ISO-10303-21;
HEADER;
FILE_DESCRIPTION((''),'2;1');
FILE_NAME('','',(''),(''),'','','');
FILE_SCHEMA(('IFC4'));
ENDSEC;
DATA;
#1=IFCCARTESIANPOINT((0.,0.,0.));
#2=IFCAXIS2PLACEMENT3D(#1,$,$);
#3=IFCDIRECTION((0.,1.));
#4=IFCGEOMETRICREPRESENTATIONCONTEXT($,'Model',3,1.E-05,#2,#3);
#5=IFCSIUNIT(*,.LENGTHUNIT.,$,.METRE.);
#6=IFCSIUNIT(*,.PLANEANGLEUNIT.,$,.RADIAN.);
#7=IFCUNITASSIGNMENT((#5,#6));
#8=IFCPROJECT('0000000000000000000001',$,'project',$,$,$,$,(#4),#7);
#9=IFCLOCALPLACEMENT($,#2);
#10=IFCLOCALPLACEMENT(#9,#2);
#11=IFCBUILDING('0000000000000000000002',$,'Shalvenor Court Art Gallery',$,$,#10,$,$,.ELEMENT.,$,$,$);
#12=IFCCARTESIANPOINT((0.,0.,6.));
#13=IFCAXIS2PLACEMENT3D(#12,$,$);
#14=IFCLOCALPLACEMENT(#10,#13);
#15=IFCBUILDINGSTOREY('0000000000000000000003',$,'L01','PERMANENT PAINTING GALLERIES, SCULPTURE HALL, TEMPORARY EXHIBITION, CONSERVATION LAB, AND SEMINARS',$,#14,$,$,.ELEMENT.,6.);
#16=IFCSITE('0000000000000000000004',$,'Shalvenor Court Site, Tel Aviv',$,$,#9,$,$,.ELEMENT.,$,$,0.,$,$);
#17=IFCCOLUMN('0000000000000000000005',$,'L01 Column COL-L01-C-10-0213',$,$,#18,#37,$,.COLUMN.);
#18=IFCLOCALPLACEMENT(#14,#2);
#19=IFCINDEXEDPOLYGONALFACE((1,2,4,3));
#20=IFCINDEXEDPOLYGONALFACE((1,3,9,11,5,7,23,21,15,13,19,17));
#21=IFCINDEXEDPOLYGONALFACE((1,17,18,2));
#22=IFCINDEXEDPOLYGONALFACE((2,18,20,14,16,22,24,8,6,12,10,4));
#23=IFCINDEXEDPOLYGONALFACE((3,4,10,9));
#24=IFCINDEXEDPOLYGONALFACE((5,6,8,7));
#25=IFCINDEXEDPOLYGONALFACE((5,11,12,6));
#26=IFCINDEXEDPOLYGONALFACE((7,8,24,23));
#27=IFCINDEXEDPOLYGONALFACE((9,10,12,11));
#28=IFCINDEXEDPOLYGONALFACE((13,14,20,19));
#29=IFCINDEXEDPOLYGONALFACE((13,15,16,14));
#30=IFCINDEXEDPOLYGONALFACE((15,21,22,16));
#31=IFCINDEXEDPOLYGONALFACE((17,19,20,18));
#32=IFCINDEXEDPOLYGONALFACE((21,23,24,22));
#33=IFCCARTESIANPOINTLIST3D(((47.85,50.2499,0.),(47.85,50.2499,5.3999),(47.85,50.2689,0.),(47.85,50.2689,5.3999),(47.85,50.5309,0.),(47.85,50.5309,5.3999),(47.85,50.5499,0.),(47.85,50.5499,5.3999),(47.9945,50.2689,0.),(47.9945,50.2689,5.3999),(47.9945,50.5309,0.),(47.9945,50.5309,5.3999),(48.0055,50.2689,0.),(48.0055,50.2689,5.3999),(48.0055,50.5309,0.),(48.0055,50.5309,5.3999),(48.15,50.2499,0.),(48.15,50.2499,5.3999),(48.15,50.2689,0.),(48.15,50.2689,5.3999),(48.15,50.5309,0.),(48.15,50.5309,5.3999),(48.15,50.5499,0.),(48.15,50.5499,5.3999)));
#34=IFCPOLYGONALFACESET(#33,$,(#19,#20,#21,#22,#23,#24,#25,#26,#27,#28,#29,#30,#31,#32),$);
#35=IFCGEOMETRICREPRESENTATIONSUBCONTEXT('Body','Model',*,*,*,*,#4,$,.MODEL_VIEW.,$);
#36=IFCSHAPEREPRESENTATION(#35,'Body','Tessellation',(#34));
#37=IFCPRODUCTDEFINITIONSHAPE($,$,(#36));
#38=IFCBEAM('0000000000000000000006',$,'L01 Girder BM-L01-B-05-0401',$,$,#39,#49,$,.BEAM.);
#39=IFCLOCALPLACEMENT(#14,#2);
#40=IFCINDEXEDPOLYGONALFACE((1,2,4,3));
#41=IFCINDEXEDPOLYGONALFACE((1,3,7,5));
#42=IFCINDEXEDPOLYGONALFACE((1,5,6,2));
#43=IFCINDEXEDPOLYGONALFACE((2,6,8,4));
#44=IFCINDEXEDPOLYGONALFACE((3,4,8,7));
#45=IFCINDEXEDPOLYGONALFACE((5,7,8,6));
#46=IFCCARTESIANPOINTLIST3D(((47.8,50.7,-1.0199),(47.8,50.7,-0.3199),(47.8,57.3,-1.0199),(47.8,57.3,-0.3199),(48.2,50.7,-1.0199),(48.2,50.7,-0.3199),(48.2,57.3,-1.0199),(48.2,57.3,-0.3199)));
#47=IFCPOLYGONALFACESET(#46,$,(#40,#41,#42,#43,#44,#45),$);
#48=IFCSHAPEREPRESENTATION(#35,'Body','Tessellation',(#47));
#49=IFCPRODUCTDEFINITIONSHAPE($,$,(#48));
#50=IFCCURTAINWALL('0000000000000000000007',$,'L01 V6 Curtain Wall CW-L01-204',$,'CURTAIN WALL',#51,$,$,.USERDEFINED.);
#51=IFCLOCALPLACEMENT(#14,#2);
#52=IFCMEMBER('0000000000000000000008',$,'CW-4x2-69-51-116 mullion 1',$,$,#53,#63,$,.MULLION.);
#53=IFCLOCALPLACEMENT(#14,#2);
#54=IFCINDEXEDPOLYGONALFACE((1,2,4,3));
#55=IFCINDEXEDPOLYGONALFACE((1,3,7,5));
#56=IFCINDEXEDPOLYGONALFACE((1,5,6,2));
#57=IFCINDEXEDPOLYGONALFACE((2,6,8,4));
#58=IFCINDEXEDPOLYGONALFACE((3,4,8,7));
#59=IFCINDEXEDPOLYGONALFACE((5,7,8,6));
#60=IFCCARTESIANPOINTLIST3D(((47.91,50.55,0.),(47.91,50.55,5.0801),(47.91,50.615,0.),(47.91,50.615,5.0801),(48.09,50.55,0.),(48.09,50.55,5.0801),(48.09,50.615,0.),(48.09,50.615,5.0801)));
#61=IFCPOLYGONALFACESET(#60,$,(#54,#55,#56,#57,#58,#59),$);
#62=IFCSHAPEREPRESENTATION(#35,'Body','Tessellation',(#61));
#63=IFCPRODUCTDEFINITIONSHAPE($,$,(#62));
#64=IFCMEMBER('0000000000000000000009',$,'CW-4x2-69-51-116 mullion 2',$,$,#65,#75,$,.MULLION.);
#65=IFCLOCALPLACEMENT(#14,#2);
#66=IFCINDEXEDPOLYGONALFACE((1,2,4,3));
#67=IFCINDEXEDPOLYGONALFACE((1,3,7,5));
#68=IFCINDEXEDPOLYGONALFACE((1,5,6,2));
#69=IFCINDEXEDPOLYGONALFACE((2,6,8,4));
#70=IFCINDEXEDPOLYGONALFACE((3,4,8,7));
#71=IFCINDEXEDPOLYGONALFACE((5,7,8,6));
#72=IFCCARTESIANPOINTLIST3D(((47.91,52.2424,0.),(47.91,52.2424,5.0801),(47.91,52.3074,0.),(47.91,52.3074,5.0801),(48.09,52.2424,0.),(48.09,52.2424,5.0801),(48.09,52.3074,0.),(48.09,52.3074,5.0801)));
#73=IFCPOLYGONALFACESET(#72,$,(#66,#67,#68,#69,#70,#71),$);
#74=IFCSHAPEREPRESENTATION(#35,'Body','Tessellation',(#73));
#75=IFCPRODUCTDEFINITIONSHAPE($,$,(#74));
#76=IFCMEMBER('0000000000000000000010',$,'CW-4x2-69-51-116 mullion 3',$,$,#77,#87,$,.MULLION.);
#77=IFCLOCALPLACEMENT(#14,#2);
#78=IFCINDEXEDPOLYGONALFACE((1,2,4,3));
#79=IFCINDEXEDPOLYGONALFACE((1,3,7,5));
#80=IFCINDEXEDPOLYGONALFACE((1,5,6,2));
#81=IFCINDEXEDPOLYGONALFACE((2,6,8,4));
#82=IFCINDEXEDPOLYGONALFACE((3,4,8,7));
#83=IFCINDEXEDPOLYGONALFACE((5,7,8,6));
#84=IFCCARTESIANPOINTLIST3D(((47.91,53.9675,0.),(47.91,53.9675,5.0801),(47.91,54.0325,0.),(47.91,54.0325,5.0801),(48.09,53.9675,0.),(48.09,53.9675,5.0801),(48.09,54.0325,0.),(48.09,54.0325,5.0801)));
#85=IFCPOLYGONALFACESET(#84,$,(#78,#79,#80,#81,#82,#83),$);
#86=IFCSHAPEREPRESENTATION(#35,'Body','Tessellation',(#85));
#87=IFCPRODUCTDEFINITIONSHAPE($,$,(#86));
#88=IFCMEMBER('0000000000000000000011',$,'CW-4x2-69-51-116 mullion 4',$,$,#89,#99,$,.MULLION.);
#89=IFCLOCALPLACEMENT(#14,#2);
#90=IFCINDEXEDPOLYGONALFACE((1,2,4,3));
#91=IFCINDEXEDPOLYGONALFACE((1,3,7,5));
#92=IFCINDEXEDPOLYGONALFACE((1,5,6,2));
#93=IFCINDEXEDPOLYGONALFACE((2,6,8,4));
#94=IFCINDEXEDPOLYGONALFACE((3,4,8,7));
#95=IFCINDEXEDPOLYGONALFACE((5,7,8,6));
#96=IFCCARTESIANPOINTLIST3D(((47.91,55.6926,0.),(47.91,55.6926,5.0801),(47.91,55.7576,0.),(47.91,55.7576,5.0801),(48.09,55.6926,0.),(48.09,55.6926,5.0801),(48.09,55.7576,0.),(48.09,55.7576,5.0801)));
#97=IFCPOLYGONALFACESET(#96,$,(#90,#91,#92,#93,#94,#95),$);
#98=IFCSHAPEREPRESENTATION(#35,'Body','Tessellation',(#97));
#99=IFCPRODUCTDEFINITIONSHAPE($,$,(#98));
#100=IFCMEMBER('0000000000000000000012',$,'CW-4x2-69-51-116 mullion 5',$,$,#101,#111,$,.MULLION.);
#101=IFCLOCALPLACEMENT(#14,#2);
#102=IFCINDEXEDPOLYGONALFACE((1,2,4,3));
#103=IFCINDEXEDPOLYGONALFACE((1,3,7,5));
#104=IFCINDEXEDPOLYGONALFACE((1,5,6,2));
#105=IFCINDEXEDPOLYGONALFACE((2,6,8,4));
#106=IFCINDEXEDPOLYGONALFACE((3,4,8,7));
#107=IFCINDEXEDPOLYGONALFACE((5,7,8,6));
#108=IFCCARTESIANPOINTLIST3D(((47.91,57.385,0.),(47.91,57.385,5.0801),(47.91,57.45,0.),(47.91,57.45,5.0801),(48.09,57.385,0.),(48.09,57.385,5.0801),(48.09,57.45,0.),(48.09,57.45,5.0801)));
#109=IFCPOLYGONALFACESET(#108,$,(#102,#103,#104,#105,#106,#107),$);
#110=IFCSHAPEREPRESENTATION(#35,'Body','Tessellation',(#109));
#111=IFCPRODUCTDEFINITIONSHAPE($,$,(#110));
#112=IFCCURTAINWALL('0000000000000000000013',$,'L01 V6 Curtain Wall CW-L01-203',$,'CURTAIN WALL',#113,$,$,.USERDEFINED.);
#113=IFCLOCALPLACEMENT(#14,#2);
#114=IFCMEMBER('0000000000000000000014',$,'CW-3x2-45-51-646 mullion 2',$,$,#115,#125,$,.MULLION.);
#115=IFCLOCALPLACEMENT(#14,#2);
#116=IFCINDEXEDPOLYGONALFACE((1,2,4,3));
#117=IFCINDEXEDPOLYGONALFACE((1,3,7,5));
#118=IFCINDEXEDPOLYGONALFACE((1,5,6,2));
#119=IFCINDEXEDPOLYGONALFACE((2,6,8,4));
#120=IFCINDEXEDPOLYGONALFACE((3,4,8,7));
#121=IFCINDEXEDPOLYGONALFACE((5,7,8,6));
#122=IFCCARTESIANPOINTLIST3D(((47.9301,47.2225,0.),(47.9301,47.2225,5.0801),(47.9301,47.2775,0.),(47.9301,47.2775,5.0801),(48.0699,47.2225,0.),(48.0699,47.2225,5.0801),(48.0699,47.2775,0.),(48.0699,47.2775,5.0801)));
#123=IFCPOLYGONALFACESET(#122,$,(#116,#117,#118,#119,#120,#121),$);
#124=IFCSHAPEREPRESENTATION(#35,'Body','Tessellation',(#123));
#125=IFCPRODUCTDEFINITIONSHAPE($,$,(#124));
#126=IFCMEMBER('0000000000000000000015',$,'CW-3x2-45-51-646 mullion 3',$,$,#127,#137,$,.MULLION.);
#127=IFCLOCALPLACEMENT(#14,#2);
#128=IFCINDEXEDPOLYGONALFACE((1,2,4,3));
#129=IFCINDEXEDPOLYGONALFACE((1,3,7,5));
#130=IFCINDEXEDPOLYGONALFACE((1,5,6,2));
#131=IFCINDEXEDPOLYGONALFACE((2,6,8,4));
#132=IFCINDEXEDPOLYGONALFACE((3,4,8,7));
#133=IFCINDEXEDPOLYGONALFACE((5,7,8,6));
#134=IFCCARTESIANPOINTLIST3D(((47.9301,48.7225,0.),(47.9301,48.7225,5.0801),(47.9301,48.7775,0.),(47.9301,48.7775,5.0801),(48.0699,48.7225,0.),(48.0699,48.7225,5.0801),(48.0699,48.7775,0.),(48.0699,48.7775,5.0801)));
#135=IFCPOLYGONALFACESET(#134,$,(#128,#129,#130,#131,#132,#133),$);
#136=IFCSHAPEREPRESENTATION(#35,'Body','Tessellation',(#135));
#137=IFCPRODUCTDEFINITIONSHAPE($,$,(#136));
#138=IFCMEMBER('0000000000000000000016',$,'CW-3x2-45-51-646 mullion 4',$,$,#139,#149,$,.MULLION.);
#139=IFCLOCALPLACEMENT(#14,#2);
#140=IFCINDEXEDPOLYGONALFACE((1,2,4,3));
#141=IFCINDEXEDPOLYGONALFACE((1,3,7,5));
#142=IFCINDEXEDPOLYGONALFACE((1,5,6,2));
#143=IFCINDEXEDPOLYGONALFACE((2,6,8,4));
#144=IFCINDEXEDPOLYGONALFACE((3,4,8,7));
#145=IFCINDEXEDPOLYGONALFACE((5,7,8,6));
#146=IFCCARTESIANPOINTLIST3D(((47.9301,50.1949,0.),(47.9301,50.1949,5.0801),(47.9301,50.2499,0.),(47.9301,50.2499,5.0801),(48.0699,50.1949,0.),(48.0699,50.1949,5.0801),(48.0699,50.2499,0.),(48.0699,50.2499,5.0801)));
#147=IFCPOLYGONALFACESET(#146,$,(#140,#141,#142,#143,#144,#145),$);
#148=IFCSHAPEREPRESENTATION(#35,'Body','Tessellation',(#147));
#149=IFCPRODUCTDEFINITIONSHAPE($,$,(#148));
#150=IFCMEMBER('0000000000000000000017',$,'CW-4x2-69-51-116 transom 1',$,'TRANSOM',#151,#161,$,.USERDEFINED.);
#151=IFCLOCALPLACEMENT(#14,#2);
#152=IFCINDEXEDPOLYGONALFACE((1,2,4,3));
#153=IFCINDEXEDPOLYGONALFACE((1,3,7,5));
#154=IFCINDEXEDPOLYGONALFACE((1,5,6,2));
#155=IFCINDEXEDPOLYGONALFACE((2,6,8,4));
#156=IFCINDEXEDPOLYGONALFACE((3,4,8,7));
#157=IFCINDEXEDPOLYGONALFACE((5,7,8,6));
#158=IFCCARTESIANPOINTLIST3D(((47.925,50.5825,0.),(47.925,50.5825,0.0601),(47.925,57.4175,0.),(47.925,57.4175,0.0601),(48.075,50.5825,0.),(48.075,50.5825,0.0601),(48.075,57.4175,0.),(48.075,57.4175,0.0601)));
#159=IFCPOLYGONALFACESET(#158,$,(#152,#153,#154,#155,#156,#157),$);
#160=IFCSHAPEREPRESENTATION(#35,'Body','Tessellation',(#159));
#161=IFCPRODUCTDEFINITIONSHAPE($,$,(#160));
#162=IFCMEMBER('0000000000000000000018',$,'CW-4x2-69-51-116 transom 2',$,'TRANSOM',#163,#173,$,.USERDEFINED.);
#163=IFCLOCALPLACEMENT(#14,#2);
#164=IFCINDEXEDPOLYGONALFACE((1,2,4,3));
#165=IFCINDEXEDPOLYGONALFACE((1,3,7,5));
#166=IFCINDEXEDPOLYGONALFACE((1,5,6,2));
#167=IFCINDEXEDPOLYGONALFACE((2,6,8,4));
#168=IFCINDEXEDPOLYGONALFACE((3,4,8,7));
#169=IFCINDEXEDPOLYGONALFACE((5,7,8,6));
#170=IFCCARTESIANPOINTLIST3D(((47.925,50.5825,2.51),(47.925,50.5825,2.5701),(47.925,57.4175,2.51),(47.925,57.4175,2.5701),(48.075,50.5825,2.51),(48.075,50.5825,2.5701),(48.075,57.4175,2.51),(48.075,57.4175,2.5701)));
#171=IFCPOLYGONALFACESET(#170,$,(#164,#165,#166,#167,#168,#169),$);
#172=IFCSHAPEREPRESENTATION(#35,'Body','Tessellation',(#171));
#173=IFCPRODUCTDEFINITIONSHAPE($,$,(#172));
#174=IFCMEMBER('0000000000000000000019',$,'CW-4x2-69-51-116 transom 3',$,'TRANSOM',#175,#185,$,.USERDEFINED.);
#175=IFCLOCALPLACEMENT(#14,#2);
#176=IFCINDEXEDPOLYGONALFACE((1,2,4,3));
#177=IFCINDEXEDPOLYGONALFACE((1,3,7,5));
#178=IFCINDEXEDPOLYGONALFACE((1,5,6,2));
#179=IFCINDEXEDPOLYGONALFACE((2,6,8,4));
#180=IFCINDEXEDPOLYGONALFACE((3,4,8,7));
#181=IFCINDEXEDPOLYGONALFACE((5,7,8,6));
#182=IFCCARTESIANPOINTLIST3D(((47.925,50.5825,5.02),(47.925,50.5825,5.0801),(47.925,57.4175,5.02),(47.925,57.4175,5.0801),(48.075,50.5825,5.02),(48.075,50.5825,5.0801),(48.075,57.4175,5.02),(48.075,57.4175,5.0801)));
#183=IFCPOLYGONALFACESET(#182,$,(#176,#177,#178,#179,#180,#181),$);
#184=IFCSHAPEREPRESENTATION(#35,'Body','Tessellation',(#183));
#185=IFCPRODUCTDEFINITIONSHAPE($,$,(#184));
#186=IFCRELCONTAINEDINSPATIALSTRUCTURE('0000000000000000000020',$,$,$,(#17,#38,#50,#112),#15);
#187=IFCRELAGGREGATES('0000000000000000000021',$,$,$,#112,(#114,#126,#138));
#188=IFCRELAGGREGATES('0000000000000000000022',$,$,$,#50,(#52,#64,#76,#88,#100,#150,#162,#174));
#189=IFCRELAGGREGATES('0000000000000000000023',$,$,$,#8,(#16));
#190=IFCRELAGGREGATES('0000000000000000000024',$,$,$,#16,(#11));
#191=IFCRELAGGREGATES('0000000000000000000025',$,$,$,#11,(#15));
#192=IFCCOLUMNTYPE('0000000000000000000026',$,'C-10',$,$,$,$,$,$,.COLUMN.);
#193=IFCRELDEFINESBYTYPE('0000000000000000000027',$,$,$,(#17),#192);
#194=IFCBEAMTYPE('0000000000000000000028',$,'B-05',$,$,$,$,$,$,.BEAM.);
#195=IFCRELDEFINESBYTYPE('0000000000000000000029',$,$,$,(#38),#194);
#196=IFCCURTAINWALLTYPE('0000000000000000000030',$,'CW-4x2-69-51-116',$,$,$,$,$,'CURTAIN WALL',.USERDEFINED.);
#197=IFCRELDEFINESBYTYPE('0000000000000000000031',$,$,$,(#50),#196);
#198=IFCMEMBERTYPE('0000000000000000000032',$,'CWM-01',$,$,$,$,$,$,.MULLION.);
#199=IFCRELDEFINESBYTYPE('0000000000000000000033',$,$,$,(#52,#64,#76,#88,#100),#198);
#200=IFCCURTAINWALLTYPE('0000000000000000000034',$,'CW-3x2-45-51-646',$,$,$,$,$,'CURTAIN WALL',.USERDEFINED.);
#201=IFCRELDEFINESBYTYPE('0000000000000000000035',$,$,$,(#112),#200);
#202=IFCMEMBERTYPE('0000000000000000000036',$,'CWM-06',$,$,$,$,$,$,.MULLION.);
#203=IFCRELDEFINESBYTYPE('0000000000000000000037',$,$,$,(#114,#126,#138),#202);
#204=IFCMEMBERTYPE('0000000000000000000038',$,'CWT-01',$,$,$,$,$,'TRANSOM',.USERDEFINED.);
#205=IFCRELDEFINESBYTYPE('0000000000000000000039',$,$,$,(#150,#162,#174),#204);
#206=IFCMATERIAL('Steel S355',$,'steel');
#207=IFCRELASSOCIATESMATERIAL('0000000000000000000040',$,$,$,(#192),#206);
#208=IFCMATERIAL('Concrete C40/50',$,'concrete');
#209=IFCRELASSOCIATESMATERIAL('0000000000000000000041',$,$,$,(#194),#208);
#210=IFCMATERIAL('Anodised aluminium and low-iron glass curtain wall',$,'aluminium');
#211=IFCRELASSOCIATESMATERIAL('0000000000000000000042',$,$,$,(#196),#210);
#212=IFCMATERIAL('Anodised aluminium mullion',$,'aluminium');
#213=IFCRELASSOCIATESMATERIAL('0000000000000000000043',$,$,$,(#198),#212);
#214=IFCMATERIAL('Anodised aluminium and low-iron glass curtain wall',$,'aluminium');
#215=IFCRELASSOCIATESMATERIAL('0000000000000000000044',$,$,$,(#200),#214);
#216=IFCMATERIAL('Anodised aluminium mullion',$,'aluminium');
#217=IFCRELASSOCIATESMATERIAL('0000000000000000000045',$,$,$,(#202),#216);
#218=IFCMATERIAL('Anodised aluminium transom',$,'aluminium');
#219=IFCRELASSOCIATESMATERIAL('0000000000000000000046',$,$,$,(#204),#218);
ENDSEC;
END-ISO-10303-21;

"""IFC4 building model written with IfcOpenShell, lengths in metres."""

from ifc_helpers import new_model, si_unit, direction, frame, origin, origin_2d, place, context, subcontext, project, spatial, rectangle, i_section, extrude, material, material_profile, profile_set, type_object, element, aggregate, save


model = new_model("IFC4")

# Units and contexts
model_context = context("Model", 3, precision=1e-05, world=origin(), true_north=direction((0.0, 1.0)))
body_context = subcontext(model_context, "Body", "Model", "MODEL_VIEW")
ifc_project = project(units=[si_unit("LENGTHUNIT", "METRE"), si_unit("PLANEANGLEUNIT", "RADIAN")], contexts=[model_context])

# Site, building, storey
site_placement = place(None, origin())
site = spatial("IfcSite", under=ifc_project, at=site_placement, Name="Shalvenor Court Site, Tel Aviv", CompositionType="ELEMENT", RefElevation=0.0)
building_placement = place(site_placement, origin())
building = spatial("IfcBuilding", under=site, at=building_placement, Name="Shalvenor Court Art Gallery", CompositionType="ELEMENT")
storey_placement = place(building_placement, frame((0.0, 0.0, 6.0)))
storey = spatial("IfcBuildingStorey", under=building, at=storey_placement, Name="L01", Description="PERMANENT PAINTING GALLERIES, SCULPTURE HALL, TEMPORARY EXHIBITION, CONSERVATION LAB, AND SEMINARS", CompositionType="ELEMENT", Elevation=6.0)

# Column
ifc_material_1 = material(Name="Steel S355", Category="steel")
ifc_material_profile_1 = material_profile(ifc_material_1, i_section(OverallWidth=0.3, OverallDepth=0.3, WebThickness=0.011, FlangeThickness=0.019, at=origin_2d()), Name="HEB 300")
ifc_profile_set_1 = profile_set([ifc_material_profile_1], Name="Steel S355")
column_type = type_object("IfcColumnType", Name="C-10", PredefinedType="COLUMN", material=ifc_profile_set_1)
column_placement = place(storey_placement, frame((48.0, 50.3999, 0.0), z_axis=(0.0, 0.0, 1.0), x_axis=(1.0, 0.0, 0.0)))
element("IfcColumn", 1, at=column_placement, inside=storey, type_object=column_type, Name="L01 Column COL-L01-C-10-0213", PredefinedType="COLUMN", context=body_context, shape_type="SweptSolid", body=[
    extrude(i_section(OverallWidth=0.3, OverallDepth=0.3, WebThickness=0.011, FlangeThickness=0.019, at=origin_2d()), origin(), (0.0, 0.0, 1.0), 5.3999),
])

# Beam
ifc_material_2 = material(Name="Concrete C40/50", Category="concrete")
ifc_material_profile_2 = material_profile(ifc_material_2, rectangle(XDim=0.3999, YDim=0.7, at=origin_2d()), Name="RC 400x700")
ifc_profile_set_2 = profile_set([ifc_material_profile_2], Name="Concrete C40/50")
beam_type = type_object("IfcBeamType", Name="B-05", PredefinedType="BEAM", material=ifc_profile_set_2)
beam_placement = place(storey_placement, frame((48.0, 50.7, -0.6699), z_axis=(0.0, 1.0, 0.0), x_axis=(-1.0, 0.0, 0.0)))
element("IfcBeam", 2, at=beam_placement, inside=storey, type_object=beam_type, Name="L01 Girder BM-L01-B-05-0401", PredefinedType="BEAM", context=body_context, shape_type="SweptSolid", body=[
    extrude(rectangle(XDim=0.3999, YDim=0.7, at=origin_2d()), origin(), (0.0, 0.0, 1.0), 6.6001),
])

# Curtain walls, members
ifc_material_3 = material(Name="Anodised aluminium and low-iron glass curtain wall", Category="aluminium")
curtain_wall_type_1 = type_object("IfcCurtainWallType", Name="CW-4x2-69-51-116", ElementType="CURTAIN WALL", PredefinedType="USERDEFINED", material=ifc_material_3)
curtain_wall_1_placement = place(storey_placement, origin())
curtain_wall_1 = element("IfcCurtainWall", 3, at=curtain_wall_1_placement, inside=storey, type_object=curtain_wall_type_1, Name="L01 V6 Curtain Wall CW-L01-204", ObjectType="CURTAIN WALL", PredefinedType="USERDEFINED")
ifc_material_4 = material(Name="Anodised aluminium mullion", Category="aluminium")
ifc_material_profile_3 = material_profile(ifc_material_4, rectangle(XDim=0.0649, YDim=0.1799, at=origin_2d()), Name="CWM-01")
ifc_profile_set_3 = profile_set([ifc_material_profile_3], Name="Anodised aluminium mullion")
member_type_1 = type_object("IfcMemberType", Name="CWM-01", PredefinedType="MULLION", material=ifc_profile_set_3)
member_1_placement = place(storey_placement, frame((48.0, 50.5825, 0.0), z_axis=(0.0, 0.0, 1.0), x_axis=(0.0, 1.0, 0.0)))
member_1 = element("IfcMember", 4, at=member_1_placement, type_object=member_type_1, Name="CW-4x2-69-51-116 mullion 1", PredefinedType="MULLION", context=body_context, shape_type="SweptSolid", body=[
    extrude(rectangle(XDim=0.0649, YDim=0.1799, at=origin_2d()), origin(), (0.0, 0.0, 1.0), 5.0801),
])
member_2_placement = place(storey_placement, frame((48.0, 52.2749, 0.0), z_axis=(0.0, 0.0, 1.0), x_axis=(0.0, 1.0, 0.0)))
member_2 = element("IfcMember", 5, at=member_2_placement, type_object=member_type_1, Name="CW-4x2-69-51-116 mullion 2", PredefinedType="MULLION", context=body_context, shape_type="SweptSolid", body=[
    extrude(rectangle(XDim=0.0649, YDim=0.1799, at=origin_2d()), origin(), (0.0, 0.0, 1.0), 5.0801),
])
member_3_placement = place(storey_placement, frame((48.0, 54.0, 0.0), z_axis=(0.0, 0.0, 1.0), x_axis=(0.0, 1.0, 0.0)))
member_3 = element("IfcMember", 6, at=member_3_placement, type_object=member_type_1, Name="CW-4x2-69-51-116 mullion 3", PredefinedType="MULLION", context=body_context, shape_type="SweptSolid", body=[
    extrude(rectangle(XDim=0.0649, YDim=0.1799, at=origin_2d()), origin(), (0.0, 0.0, 1.0), 5.0801),
])
member_4_placement = place(storey_placement, frame((48.0, 55.7251, 0.0), z_axis=(0.0, 0.0, 1.0), x_axis=(0.0, 1.0, 0.0)))
member_4 = element("IfcMember", 7, at=member_4_placement, type_object=member_type_1, Name="CW-4x2-69-51-116 mullion 4", PredefinedType="MULLION", context=body_context, shape_type="SweptSolid", body=[
    extrude(rectangle(XDim=0.0649, YDim=0.1799, at=origin_2d()), origin(), (0.0, 0.0, 1.0), 5.0801),
])
member_5_placement = place(storey_placement, frame((48.0, 57.4175, 0.0), z_axis=(0.0, 0.0, 1.0), x_axis=(0.0, 1.0, 0.0)))
member_5 = element("IfcMember", 8, at=member_5_placement, type_object=member_type_1, Name="CW-4x2-69-51-116 mullion 5", PredefinedType="MULLION", context=body_context, shape_type="SweptSolid", body=[
    extrude(rectangle(XDim=0.0649, YDim=0.1799, at=origin_2d()), origin(), (0.0, 0.0, 1.0), 5.0801),
])
ifc_material_5 = material(Name="Anodised aluminium and low-iron glass curtain wall", Category="aluminium")
curtain_wall_type_2 = type_object("IfcCurtainWallType", Name="CW-3x2-45-51-646", ElementType="CURTAIN WALL", PredefinedType="USERDEFINED", material=ifc_material_5)
curtain_wall_2_placement = place(storey_placement, origin())
curtain_wall_2 = element("IfcCurtainWall", 9, at=curtain_wall_2_placement, inside=storey, type_object=curtain_wall_type_2, Name="L01 V6 Curtain Wall CW-L01-203", ObjectType="CURTAIN WALL", PredefinedType="USERDEFINED")
ifc_material_6 = material(Name="Anodised aluminium mullion", Category="aluminium")
ifc_material_profile_4 = material_profile(ifc_material_6, rectangle(XDim=0.0549, YDim=0.1399, at=origin_2d()), Name="CWM-06")
ifc_profile_set_4 = profile_set([ifc_material_profile_4], Name="Anodised aluminium mullion")
member_type_2 = type_object("IfcMemberType", Name="CWM-06", PredefinedType="MULLION", material=ifc_profile_set_4)
member_6_placement = place(storey_placement, frame((48.0, 47.25, 0.0), z_axis=(0.0, 0.0, 1.0), x_axis=(0.0, 1.0, 0.0)))
member_6 = element("IfcMember", 10, at=member_6_placement, type_object=member_type_2, Name="CW-3x2-45-51-646 mullion 2", PredefinedType="MULLION", context=body_context, shape_type="SweptSolid", body=[
    extrude(rectangle(XDim=0.0549, YDim=0.1399, at=origin_2d()), origin(), (0.0, 0.0, 1.0), 5.0801),
])
member_7_placement = place(storey_placement, frame((48.0, 48.75, 0.0), z_axis=(0.0, 0.0, 1.0), x_axis=(0.0, 1.0, 0.0)))
member_7 = element("IfcMember", 11, at=member_7_placement, type_object=member_type_2, Name="CW-3x2-45-51-646 mullion 3", PredefinedType="MULLION", context=body_context, shape_type="SweptSolid", body=[
    extrude(rectangle(XDim=0.0549, YDim=0.1399, at=origin_2d()), origin(), (0.0, 0.0, 1.0), 5.0801),
])
member_8_placement = place(storey_placement, frame((48.0, 50.2224, 0.0), z_axis=(0.0, 0.0, 1.0), x_axis=(0.0, 1.0, 0.0)))
member_8 = element("IfcMember", 12, at=member_8_placement, type_object=member_type_2, Name="CW-3x2-45-51-646 mullion 4", PredefinedType="MULLION", context=body_context, shape_type="SweptSolid", body=[
    extrude(rectangle(XDim=0.0549, YDim=0.1399, at=origin_2d()), origin(), (0.0, 0.0, 1.0), 5.0801),
])

# Members
ifc_material_7 = material(Name="Anodised aluminium transom", Category="aluminium")
ifc_material_profile_5 = material_profile(ifc_material_7, rectangle(XDim=0.1499, YDim=0.0601, at=origin_2d()), Name="CWT-01")
ifc_profile_set_5 = profile_set([ifc_material_profile_5], Name="Anodised aluminium transom")
member_type_3 = type_object("IfcMemberType", Name="CWT-01", ElementType="TRANSOM", PredefinedType="USERDEFINED", material=ifc_profile_set_5)
member_9_placement = place(storey_placement, frame((48.0, 50.5825, 0.03), z_axis=(0.0, 1.0, 0.0), x_axis=(-1.0, 0.0, 0.0)))
member_9 = element("IfcMember", 13, at=member_9_placement, type_object=member_type_3, Name="CW-4x2-69-51-116 transom 1", ObjectType="TRANSOM", PredefinedType="USERDEFINED", context=body_context, shape_type="SweptSolid", body=[
    extrude(rectangle(XDim=0.1499, YDim=0.0601, at=origin_2d()), origin(), (0.0, 0.0, 1.0), 6.835),
])
member_10_placement = place(storey_placement, frame((48.0, 50.5825, 2.54), z_axis=(0.0, 1.0, 0.0), x_axis=(-1.0, 0.0, 0.0)))
member_10 = element("IfcMember", 14, at=member_10_placement, type_object=member_type_3, Name="CW-4x2-69-51-116 transom 2", ObjectType="TRANSOM", PredefinedType="USERDEFINED", context=body_context, shape_type="SweptSolid", body=[
    extrude(rectangle(XDim=0.1499, YDim=0.0601, at=origin_2d()), origin(), (0.0, 0.0, 1.0), 6.835),
])
member_11_placement = place(storey_placement, frame((48.0, 50.5825, 5.05), z_axis=(0.0, 1.0, 0.0), x_axis=(-1.0, 0.0, 0.0)))
member_11 = element("IfcMember", 15, at=member_11_placement, type_object=member_type_3, Name="CW-4x2-69-51-116 transom 3", ObjectType="TRANSOM", PredefinedType="USERDEFINED", context=body_context, shape_type="SweptSolid", body=[
    extrude(rectangle(XDim=0.1499, YDim=0.0601, at=origin_2d()), origin(), (0.0, 0.0, 1.0), 6.835),
])

aggregate(curtain_wall_2, [member_6, member_7, member_8])
aggregate(curtain_wall_1, [member_1, member_2, member_3, member_4, member_5, member_9, member_10, member_11])

save(model, "model.ifc")
